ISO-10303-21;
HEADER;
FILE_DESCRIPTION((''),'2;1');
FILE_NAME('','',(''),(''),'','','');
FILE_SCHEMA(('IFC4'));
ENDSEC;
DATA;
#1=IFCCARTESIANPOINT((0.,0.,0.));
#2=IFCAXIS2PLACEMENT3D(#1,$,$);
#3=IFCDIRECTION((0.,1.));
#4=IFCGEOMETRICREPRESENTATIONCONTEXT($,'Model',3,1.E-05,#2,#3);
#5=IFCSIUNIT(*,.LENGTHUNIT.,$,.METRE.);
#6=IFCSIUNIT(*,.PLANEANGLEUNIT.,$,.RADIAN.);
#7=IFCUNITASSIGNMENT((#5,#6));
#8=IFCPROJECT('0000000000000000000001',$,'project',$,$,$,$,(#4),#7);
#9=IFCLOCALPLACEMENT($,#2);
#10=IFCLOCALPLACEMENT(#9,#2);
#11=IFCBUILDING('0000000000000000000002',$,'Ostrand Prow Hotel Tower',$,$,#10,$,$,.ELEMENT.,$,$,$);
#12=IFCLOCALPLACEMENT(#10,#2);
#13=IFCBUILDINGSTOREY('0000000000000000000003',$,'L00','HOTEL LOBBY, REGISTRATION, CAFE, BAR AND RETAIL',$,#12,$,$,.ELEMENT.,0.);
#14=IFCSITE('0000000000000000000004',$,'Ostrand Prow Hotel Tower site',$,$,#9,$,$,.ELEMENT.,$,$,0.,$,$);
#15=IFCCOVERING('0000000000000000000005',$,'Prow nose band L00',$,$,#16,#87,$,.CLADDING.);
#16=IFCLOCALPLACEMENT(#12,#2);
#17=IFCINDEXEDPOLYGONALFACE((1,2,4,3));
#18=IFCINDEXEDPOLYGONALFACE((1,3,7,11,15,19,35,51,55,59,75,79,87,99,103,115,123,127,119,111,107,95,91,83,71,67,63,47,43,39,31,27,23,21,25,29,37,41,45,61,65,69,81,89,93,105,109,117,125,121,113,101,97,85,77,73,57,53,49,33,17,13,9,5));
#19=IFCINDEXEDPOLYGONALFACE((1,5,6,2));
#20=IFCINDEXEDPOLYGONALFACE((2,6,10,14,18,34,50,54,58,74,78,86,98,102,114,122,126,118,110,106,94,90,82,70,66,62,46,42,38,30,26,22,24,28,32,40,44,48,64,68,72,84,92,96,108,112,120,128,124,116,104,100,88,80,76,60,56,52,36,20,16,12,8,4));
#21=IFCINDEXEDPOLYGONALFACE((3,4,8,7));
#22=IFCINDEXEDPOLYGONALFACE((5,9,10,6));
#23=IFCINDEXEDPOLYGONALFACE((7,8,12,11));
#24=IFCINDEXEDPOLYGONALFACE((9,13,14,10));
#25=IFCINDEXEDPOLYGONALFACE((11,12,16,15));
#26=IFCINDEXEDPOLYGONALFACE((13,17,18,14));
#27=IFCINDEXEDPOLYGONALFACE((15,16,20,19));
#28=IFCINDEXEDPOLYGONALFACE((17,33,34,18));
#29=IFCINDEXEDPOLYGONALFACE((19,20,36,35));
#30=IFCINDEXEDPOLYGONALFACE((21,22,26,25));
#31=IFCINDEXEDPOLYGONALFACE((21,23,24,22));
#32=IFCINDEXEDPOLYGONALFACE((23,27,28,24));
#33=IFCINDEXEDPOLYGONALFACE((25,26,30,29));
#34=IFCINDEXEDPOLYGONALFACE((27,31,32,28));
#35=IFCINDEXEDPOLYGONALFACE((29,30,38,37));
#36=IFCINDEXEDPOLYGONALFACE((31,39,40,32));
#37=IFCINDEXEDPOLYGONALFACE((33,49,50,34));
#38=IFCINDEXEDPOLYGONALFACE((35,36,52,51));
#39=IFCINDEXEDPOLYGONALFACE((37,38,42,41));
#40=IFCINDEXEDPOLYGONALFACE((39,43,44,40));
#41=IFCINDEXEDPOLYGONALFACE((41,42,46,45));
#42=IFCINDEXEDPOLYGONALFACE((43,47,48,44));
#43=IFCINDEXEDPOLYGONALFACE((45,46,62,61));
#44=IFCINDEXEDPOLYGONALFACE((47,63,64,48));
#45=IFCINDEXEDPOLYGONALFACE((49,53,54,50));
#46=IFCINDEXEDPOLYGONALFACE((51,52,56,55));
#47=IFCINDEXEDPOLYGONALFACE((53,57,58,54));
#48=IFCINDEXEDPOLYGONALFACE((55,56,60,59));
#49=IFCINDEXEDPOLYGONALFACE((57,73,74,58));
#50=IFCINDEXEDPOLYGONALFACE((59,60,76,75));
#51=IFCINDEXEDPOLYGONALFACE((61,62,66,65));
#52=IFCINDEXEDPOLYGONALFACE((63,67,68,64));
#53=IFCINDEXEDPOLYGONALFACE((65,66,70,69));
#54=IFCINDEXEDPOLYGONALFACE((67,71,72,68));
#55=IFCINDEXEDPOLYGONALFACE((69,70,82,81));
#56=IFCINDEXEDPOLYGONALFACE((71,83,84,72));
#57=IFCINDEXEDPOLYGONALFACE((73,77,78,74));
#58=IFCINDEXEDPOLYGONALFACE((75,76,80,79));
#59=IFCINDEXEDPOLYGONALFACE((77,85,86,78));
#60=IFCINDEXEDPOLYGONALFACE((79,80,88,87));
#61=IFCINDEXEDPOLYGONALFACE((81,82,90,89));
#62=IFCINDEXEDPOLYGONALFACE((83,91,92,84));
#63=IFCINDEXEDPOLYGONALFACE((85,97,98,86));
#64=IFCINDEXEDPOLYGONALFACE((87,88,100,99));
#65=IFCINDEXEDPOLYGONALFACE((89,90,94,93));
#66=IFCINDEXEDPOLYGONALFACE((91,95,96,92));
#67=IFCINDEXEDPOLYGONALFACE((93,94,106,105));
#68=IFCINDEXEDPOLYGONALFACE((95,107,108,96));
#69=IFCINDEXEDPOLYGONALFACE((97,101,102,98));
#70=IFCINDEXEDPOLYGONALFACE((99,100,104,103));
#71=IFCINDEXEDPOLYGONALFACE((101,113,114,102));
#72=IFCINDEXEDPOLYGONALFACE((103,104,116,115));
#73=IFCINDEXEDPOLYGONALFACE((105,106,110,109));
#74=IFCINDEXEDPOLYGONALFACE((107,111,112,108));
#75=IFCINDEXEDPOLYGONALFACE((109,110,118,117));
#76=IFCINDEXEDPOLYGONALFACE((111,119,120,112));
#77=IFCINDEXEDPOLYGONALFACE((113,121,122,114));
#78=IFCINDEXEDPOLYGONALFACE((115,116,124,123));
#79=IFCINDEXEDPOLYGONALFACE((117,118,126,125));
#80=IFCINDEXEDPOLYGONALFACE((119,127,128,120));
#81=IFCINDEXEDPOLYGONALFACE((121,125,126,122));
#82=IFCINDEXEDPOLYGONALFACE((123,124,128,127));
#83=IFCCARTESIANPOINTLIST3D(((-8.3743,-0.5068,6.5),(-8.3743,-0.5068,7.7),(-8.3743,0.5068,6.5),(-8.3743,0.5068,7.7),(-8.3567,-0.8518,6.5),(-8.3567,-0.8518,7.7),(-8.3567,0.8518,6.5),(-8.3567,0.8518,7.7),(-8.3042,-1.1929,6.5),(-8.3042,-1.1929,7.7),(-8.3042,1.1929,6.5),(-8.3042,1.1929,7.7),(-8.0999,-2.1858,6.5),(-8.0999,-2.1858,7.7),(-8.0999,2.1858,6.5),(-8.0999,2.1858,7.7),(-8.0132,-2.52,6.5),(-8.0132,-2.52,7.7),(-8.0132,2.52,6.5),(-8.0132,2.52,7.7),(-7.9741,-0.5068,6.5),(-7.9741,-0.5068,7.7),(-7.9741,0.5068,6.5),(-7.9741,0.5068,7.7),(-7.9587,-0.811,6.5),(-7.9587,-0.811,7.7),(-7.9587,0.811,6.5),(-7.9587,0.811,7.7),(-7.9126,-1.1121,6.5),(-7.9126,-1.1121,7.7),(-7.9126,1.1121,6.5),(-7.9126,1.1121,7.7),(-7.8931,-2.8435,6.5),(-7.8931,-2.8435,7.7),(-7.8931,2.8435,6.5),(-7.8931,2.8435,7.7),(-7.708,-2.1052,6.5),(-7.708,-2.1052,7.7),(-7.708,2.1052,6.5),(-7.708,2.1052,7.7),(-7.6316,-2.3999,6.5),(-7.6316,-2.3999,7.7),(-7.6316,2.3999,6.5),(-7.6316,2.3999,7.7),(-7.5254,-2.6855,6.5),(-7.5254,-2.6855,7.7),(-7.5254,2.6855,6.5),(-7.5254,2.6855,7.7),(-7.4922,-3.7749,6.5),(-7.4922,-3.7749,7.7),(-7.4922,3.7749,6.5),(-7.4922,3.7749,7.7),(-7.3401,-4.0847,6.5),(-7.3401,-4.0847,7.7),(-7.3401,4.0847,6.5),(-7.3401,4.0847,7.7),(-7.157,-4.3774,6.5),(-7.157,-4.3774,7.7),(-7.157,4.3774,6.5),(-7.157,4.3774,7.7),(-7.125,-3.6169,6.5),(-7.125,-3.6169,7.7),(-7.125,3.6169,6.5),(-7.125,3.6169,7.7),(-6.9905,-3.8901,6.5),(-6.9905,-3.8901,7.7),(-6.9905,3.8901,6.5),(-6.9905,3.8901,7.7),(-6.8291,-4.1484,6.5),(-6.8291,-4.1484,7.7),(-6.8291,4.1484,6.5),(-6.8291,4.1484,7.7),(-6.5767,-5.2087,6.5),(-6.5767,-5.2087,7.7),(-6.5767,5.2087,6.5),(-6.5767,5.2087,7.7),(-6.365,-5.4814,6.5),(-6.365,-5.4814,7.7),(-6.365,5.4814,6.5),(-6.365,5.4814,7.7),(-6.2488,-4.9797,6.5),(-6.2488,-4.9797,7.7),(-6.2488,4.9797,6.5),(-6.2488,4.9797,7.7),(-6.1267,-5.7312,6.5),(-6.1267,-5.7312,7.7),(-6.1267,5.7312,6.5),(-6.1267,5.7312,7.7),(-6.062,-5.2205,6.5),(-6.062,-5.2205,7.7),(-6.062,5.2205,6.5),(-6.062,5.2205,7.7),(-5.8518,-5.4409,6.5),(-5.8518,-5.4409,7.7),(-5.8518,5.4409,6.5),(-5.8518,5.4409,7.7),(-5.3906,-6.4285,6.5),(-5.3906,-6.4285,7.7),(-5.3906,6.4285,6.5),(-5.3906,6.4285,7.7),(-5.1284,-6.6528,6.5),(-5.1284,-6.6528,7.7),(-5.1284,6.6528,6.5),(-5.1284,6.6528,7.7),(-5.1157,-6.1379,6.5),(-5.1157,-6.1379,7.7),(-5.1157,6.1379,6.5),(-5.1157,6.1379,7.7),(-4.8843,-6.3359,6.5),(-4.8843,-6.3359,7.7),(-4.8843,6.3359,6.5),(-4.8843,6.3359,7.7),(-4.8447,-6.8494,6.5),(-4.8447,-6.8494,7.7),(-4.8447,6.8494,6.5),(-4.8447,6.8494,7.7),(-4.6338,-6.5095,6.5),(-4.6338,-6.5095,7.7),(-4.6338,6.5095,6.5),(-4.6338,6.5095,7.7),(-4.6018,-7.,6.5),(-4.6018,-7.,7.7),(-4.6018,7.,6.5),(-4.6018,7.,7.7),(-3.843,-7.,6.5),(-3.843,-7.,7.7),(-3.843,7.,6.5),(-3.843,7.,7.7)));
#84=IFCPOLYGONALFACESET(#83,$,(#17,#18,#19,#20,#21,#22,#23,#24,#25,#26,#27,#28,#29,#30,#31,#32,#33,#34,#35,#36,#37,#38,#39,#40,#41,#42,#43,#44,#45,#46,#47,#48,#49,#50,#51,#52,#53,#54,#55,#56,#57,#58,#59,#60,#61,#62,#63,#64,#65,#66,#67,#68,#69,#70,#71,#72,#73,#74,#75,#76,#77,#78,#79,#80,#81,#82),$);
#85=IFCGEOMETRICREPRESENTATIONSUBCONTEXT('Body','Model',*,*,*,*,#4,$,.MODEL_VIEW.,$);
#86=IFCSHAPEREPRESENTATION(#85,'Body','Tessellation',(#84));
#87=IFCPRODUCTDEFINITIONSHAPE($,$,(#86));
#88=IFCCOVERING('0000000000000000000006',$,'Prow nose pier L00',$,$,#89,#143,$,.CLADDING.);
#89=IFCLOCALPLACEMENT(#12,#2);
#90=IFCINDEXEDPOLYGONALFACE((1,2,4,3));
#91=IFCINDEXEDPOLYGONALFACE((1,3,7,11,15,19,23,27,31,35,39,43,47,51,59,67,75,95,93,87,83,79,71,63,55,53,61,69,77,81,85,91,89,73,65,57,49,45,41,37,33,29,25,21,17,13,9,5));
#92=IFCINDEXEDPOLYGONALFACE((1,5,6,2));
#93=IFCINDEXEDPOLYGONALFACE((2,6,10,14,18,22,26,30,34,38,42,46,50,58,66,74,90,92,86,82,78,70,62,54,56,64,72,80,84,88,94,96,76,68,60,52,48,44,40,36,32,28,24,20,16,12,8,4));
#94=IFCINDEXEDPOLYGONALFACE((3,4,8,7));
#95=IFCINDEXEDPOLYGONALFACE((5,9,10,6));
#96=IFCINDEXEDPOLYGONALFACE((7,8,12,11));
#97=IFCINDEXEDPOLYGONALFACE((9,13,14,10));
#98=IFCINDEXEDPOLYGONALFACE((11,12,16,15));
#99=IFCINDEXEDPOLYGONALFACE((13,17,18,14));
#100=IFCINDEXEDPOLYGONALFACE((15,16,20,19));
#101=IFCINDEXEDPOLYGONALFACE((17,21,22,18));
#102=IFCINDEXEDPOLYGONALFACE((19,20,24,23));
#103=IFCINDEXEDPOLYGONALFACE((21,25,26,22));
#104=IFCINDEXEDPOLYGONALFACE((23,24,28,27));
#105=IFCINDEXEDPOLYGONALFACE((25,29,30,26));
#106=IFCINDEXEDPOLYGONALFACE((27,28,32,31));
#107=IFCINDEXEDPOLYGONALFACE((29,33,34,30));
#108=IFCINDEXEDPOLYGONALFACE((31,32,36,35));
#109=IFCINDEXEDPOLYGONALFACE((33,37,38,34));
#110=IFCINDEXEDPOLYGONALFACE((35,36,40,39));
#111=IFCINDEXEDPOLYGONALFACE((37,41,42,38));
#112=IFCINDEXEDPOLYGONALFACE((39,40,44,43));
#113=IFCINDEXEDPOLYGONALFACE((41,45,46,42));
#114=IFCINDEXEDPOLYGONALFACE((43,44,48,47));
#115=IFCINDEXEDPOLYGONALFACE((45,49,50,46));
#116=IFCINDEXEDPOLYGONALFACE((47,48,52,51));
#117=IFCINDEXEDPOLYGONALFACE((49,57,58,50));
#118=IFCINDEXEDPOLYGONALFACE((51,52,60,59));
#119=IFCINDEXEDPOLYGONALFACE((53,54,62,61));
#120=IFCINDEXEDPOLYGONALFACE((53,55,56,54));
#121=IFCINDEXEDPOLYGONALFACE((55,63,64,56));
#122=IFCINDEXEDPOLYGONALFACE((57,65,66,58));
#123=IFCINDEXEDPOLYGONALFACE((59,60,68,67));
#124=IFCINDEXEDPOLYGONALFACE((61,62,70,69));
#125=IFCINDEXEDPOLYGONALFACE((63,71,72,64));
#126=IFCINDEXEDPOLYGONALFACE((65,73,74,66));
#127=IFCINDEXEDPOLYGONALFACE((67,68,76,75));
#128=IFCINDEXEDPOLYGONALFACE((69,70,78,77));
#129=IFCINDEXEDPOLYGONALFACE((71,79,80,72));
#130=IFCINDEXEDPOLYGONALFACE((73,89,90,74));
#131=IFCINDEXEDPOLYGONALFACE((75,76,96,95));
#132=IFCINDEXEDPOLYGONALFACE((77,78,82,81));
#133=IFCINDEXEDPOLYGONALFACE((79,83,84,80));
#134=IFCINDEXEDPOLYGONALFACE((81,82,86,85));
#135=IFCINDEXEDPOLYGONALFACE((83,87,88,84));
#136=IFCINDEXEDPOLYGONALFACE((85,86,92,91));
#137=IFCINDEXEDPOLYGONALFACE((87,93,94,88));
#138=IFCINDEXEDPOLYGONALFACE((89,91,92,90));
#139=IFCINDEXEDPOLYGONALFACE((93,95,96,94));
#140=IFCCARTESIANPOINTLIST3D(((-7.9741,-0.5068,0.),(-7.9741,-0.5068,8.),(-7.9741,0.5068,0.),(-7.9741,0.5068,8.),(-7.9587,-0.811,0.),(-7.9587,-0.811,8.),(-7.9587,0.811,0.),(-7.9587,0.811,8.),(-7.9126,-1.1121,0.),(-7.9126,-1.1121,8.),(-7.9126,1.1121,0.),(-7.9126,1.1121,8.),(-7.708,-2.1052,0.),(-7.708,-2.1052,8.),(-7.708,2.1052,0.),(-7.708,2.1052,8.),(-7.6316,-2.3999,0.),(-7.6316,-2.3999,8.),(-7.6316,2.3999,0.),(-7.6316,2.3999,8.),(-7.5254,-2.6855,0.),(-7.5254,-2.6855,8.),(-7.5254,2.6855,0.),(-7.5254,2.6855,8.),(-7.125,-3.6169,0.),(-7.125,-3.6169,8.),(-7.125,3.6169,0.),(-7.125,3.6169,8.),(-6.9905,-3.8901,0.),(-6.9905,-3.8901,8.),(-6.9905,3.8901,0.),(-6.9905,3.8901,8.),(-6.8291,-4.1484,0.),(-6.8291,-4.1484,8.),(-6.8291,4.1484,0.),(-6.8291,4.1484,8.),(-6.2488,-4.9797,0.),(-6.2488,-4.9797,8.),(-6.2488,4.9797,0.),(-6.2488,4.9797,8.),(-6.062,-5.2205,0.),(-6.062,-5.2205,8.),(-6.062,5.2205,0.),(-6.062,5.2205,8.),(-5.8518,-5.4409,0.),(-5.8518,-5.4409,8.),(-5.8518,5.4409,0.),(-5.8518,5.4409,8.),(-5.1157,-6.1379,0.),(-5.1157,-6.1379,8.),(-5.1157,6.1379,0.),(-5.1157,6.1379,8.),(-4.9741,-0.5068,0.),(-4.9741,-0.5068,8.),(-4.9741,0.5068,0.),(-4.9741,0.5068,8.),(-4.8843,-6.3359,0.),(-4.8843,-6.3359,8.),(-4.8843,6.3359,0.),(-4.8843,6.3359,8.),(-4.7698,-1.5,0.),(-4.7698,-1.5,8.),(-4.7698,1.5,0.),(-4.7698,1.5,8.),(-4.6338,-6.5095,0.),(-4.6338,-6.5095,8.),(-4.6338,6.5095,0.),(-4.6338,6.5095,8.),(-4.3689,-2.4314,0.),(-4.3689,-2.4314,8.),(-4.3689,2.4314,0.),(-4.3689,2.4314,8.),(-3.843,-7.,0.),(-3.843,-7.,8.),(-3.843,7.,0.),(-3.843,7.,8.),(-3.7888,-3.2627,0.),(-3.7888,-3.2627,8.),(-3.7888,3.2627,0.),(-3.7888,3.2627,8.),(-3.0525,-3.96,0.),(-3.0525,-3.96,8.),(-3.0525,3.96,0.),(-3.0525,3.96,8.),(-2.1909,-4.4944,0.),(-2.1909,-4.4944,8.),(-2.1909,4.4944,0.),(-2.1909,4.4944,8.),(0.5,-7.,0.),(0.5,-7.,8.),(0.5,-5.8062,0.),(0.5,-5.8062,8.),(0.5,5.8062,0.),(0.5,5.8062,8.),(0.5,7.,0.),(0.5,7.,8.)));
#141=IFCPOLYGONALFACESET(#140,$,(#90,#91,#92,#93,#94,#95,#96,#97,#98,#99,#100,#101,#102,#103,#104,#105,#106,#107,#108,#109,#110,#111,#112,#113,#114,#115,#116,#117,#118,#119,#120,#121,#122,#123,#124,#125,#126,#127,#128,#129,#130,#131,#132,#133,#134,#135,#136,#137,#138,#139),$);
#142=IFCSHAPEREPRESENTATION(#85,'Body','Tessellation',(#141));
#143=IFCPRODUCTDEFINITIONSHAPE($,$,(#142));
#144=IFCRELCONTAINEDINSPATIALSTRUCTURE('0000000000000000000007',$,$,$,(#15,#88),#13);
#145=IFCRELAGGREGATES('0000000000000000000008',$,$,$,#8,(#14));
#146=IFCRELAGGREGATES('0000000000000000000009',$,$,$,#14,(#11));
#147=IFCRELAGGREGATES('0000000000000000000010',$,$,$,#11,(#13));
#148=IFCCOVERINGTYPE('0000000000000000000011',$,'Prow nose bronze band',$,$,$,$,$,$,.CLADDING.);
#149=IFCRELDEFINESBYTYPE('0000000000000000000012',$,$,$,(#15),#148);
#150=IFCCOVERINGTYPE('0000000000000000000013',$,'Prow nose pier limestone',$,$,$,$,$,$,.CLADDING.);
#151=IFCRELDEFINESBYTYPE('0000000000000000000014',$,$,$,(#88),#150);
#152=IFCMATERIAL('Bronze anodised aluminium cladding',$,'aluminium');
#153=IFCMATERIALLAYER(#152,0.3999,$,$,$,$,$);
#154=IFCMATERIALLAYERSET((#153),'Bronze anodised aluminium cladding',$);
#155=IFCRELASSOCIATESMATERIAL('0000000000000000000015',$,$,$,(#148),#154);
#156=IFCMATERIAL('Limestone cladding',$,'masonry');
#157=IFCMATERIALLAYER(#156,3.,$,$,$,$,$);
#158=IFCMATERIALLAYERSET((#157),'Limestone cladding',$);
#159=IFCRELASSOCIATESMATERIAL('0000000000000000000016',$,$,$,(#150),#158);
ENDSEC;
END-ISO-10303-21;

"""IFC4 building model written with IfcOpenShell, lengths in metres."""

from ifc_helpers import new_model, si_unit, direction, frame, origin, place, context, subcontext, project, spatial, polyline, outline, extrude, material, layer, layer_set, type_object, element, save


model = new_model("IFC4")

# Units and contexts
model_context = context("Model", 3, precision=1e-05, world=origin(), true_north=direction((0.0, 1.0)))
body_context = subcontext(model_context, "Body", "Model", "MODEL_VIEW")
ifc_project = project(units=[si_unit("LENGTHUNIT", "METRE"), si_unit("PLANEANGLEUNIT", "RADIAN")], contexts=[model_context])

# Site, building, storey
site_placement = place(None, origin())
site = spatial("IfcSite", under=ifc_project, at=site_placement, Name="Ostrand Prow Hotel Tower site", CompositionType="ELEMENT", RefElevation=0.0)
building_placement = place(site_placement, origin())
building = spatial("IfcBuilding", under=site, at=building_placement, Name="Ostrand Prow Hotel Tower", CompositionType="ELEMENT")
storey_placement = place(building_placement, origin())
storey = spatial("IfcBuildingStorey", under=building, at=storey_placement, Name="L00", Description="HOTEL LOBBY, REGISTRATION, CAFE, BAR AND RETAIL", CompositionType="ELEMENT", Elevation=0.0)

# Coverings
ifc_material_1 = material(Name="Bronze anodised aluminium cladding", Category="aluminium")
ifc_layer_1 = layer(ifc_material_1, 0.3999)
ifc_layer_set_1 = layer_set([ifc_layer_1], Name="Bronze anodised aluminium cladding")
covering_type_1 = type_object("IfcCoveringType", Name="Prow nose bronze band", PredefinedType="CLADDING", material=ifc_layer_set_1)
covering_1_placement = place(storey_placement, frame((0.0, 0.0, 6.5)))
element("IfcCovering", 1, at=covering_1_placement, inside=storey, type_object=covering_type_1, Name="Prow nose band L00", PredefinedType="CLADDING", context=body_context, shape_type="SweptSolid", body=[
    extrude(outline(polyline([(-4.8447, -6.8494), (-4.6018, -7.0), (-3.843, -7.0), (-4.6338, -6.5095), (-4.8843, -6.3359), (-5.1157, -6.1379), (-5.8518, -5.4409), (-6.062, -5.2205), (-6.2488, -4.9797), (-6.8291, -4.1484), (-6.9905, -3.8901), (-7.125, -3.6169), (-7.5254, -2.6855), (-7.6316, -2.3999), (-7.708, -2.1052), (-7.9126, -1.1121), (-7.9587, -0.811), (-7.9741, -0.5068), (-7.9741, 0.5068), (-7.9587, 0.811), (-7.9126, 1.1121), (-7.708, 2.1052), (-7.6316, 2.3999), (-7.5254, 2.6855), (-7.125, 3.6169), (-6.9905, 3.8901), (-6.8291, 4.1484), (-6.2488, 4.9797), (-6.062, 5.2205), (-5.8518, 5.4409), (-5.1157, 6.1379), (-4.8843, 6.3359), (-4.6338, 6.5095), (-3.843, 7.0), (-4.6018, 7.0), (-4.8447, 6.8494), (-5.1284, 6.6528), (-5.3906, 6.4285), (-6.1267, 5.7312), (-6.365, 5.4814), (-6.5767, 5.2087), (-7.157, 4.3774), (-7.3401, 4.0847), (-7.4922, 3.7749), (-7.8931, 2.8435), (-8.0132, 2.52), (-8.0999, 2.1858), (-8.3042, 1.1929), (-8.3567, 0.8518), (-8.3743, 0.5068), (-8.3743, -0.5068), (-8.3567, -0.8518), (-8.3042, -1.1929), (-8.0999, -2.1858), (-8.0132, -2.52), (-7.8931, -2.8435), (-7.4922, -3.7749), (-7.3401, -4.0847), (-7.157, -4.3774), (-6.5767, -5.2087), (-6.365, -5.4814), (-6.1267, -5.7312), (-5.3906, -6.4285), (-5.1284, -6.6528), (-4.8447, -6.8494)])), origin(), (0.0, 0.0, 1.0), 1.2),
])
ifc_material_2 = material(Name="Limestone cladding", Category="masonry")
ifc_layer_2 = layer(ifc_material_2, 3.0)
ifc_layer_set_2 = layer_set([ifc_layer_2], Name="Limestone cladding")
covering_type_2 = type_object("IfcCoveringType", Name="Prow nose pier limestone", PredefinedType="CLADDING", material=ifc_layer_set_2)
covering_2_placement = place(storey_placement, origin())
element("IfcCovering", 2, at=covering_2_placement, inside=storey, type_object=covering_type_2, Name="Prow nose pier L00", PredefinedType="CLADDING", context=body_context, shape_type="SweptSolid", body=[
    extrude(outline(polyline([(-4.6338, -6.5095), (-3.843, -7.0), (0.5, -7.0), (0.5, -5.8062), (-2.1909, -4.4944), (-3.0525, -3.96), (-3.7888, -3.2627), (-4.3689, -2.4314), (-4.7698, -1.5), (-4.9741, -0.5068), (-4.9741, 0.5068), (-4.7698, 1.5), (-4.3689, 2.4314), (-3.7888, 3.2627), (-3.0525, 3.96), (-2.1909, 4.4944), (0.5, 5.8062), (0.5, 7.0), (-3.843, 7.0), (-4.6338, 6.5095), (-4.8843, 6.3359), (-5.1157, 6.1379), (-5.8518, 5.4409), (-6.062, 5.2205), (-6.2488, 4.9797), (-6.8291, 4.1484), (-6.9905, 3.8901), (-7.125, 3.6169), (-7.5254, 2.6855), (-7.6316, 2.3999), (-7.708, 2.1052), (-7.9126, 1.1121), (-7.9587, 0.811), (-7.9741, 0.5068), (-7.9741, -0.5068), (-7.9587, -0.811), (-7.9126, -1.1121), (-7.708, -2.1052), (-7.6316, -2.3999), (-7.5254, -2.6855), (-7.125, -3.6169), (-6.9905, -3.8901), (-6.8291, -4.1484), (-6.2488, -4.9797), (-6.062, -5.2205), (-5.8518, -5.4409), (-5.1157, -6.1379), (-4.8843, -6.3359), (-4.6338, -6.5095)])), origin(), (0.0, 0.0, 1.0), 8.0),
])

save(model, "model.ifc")
